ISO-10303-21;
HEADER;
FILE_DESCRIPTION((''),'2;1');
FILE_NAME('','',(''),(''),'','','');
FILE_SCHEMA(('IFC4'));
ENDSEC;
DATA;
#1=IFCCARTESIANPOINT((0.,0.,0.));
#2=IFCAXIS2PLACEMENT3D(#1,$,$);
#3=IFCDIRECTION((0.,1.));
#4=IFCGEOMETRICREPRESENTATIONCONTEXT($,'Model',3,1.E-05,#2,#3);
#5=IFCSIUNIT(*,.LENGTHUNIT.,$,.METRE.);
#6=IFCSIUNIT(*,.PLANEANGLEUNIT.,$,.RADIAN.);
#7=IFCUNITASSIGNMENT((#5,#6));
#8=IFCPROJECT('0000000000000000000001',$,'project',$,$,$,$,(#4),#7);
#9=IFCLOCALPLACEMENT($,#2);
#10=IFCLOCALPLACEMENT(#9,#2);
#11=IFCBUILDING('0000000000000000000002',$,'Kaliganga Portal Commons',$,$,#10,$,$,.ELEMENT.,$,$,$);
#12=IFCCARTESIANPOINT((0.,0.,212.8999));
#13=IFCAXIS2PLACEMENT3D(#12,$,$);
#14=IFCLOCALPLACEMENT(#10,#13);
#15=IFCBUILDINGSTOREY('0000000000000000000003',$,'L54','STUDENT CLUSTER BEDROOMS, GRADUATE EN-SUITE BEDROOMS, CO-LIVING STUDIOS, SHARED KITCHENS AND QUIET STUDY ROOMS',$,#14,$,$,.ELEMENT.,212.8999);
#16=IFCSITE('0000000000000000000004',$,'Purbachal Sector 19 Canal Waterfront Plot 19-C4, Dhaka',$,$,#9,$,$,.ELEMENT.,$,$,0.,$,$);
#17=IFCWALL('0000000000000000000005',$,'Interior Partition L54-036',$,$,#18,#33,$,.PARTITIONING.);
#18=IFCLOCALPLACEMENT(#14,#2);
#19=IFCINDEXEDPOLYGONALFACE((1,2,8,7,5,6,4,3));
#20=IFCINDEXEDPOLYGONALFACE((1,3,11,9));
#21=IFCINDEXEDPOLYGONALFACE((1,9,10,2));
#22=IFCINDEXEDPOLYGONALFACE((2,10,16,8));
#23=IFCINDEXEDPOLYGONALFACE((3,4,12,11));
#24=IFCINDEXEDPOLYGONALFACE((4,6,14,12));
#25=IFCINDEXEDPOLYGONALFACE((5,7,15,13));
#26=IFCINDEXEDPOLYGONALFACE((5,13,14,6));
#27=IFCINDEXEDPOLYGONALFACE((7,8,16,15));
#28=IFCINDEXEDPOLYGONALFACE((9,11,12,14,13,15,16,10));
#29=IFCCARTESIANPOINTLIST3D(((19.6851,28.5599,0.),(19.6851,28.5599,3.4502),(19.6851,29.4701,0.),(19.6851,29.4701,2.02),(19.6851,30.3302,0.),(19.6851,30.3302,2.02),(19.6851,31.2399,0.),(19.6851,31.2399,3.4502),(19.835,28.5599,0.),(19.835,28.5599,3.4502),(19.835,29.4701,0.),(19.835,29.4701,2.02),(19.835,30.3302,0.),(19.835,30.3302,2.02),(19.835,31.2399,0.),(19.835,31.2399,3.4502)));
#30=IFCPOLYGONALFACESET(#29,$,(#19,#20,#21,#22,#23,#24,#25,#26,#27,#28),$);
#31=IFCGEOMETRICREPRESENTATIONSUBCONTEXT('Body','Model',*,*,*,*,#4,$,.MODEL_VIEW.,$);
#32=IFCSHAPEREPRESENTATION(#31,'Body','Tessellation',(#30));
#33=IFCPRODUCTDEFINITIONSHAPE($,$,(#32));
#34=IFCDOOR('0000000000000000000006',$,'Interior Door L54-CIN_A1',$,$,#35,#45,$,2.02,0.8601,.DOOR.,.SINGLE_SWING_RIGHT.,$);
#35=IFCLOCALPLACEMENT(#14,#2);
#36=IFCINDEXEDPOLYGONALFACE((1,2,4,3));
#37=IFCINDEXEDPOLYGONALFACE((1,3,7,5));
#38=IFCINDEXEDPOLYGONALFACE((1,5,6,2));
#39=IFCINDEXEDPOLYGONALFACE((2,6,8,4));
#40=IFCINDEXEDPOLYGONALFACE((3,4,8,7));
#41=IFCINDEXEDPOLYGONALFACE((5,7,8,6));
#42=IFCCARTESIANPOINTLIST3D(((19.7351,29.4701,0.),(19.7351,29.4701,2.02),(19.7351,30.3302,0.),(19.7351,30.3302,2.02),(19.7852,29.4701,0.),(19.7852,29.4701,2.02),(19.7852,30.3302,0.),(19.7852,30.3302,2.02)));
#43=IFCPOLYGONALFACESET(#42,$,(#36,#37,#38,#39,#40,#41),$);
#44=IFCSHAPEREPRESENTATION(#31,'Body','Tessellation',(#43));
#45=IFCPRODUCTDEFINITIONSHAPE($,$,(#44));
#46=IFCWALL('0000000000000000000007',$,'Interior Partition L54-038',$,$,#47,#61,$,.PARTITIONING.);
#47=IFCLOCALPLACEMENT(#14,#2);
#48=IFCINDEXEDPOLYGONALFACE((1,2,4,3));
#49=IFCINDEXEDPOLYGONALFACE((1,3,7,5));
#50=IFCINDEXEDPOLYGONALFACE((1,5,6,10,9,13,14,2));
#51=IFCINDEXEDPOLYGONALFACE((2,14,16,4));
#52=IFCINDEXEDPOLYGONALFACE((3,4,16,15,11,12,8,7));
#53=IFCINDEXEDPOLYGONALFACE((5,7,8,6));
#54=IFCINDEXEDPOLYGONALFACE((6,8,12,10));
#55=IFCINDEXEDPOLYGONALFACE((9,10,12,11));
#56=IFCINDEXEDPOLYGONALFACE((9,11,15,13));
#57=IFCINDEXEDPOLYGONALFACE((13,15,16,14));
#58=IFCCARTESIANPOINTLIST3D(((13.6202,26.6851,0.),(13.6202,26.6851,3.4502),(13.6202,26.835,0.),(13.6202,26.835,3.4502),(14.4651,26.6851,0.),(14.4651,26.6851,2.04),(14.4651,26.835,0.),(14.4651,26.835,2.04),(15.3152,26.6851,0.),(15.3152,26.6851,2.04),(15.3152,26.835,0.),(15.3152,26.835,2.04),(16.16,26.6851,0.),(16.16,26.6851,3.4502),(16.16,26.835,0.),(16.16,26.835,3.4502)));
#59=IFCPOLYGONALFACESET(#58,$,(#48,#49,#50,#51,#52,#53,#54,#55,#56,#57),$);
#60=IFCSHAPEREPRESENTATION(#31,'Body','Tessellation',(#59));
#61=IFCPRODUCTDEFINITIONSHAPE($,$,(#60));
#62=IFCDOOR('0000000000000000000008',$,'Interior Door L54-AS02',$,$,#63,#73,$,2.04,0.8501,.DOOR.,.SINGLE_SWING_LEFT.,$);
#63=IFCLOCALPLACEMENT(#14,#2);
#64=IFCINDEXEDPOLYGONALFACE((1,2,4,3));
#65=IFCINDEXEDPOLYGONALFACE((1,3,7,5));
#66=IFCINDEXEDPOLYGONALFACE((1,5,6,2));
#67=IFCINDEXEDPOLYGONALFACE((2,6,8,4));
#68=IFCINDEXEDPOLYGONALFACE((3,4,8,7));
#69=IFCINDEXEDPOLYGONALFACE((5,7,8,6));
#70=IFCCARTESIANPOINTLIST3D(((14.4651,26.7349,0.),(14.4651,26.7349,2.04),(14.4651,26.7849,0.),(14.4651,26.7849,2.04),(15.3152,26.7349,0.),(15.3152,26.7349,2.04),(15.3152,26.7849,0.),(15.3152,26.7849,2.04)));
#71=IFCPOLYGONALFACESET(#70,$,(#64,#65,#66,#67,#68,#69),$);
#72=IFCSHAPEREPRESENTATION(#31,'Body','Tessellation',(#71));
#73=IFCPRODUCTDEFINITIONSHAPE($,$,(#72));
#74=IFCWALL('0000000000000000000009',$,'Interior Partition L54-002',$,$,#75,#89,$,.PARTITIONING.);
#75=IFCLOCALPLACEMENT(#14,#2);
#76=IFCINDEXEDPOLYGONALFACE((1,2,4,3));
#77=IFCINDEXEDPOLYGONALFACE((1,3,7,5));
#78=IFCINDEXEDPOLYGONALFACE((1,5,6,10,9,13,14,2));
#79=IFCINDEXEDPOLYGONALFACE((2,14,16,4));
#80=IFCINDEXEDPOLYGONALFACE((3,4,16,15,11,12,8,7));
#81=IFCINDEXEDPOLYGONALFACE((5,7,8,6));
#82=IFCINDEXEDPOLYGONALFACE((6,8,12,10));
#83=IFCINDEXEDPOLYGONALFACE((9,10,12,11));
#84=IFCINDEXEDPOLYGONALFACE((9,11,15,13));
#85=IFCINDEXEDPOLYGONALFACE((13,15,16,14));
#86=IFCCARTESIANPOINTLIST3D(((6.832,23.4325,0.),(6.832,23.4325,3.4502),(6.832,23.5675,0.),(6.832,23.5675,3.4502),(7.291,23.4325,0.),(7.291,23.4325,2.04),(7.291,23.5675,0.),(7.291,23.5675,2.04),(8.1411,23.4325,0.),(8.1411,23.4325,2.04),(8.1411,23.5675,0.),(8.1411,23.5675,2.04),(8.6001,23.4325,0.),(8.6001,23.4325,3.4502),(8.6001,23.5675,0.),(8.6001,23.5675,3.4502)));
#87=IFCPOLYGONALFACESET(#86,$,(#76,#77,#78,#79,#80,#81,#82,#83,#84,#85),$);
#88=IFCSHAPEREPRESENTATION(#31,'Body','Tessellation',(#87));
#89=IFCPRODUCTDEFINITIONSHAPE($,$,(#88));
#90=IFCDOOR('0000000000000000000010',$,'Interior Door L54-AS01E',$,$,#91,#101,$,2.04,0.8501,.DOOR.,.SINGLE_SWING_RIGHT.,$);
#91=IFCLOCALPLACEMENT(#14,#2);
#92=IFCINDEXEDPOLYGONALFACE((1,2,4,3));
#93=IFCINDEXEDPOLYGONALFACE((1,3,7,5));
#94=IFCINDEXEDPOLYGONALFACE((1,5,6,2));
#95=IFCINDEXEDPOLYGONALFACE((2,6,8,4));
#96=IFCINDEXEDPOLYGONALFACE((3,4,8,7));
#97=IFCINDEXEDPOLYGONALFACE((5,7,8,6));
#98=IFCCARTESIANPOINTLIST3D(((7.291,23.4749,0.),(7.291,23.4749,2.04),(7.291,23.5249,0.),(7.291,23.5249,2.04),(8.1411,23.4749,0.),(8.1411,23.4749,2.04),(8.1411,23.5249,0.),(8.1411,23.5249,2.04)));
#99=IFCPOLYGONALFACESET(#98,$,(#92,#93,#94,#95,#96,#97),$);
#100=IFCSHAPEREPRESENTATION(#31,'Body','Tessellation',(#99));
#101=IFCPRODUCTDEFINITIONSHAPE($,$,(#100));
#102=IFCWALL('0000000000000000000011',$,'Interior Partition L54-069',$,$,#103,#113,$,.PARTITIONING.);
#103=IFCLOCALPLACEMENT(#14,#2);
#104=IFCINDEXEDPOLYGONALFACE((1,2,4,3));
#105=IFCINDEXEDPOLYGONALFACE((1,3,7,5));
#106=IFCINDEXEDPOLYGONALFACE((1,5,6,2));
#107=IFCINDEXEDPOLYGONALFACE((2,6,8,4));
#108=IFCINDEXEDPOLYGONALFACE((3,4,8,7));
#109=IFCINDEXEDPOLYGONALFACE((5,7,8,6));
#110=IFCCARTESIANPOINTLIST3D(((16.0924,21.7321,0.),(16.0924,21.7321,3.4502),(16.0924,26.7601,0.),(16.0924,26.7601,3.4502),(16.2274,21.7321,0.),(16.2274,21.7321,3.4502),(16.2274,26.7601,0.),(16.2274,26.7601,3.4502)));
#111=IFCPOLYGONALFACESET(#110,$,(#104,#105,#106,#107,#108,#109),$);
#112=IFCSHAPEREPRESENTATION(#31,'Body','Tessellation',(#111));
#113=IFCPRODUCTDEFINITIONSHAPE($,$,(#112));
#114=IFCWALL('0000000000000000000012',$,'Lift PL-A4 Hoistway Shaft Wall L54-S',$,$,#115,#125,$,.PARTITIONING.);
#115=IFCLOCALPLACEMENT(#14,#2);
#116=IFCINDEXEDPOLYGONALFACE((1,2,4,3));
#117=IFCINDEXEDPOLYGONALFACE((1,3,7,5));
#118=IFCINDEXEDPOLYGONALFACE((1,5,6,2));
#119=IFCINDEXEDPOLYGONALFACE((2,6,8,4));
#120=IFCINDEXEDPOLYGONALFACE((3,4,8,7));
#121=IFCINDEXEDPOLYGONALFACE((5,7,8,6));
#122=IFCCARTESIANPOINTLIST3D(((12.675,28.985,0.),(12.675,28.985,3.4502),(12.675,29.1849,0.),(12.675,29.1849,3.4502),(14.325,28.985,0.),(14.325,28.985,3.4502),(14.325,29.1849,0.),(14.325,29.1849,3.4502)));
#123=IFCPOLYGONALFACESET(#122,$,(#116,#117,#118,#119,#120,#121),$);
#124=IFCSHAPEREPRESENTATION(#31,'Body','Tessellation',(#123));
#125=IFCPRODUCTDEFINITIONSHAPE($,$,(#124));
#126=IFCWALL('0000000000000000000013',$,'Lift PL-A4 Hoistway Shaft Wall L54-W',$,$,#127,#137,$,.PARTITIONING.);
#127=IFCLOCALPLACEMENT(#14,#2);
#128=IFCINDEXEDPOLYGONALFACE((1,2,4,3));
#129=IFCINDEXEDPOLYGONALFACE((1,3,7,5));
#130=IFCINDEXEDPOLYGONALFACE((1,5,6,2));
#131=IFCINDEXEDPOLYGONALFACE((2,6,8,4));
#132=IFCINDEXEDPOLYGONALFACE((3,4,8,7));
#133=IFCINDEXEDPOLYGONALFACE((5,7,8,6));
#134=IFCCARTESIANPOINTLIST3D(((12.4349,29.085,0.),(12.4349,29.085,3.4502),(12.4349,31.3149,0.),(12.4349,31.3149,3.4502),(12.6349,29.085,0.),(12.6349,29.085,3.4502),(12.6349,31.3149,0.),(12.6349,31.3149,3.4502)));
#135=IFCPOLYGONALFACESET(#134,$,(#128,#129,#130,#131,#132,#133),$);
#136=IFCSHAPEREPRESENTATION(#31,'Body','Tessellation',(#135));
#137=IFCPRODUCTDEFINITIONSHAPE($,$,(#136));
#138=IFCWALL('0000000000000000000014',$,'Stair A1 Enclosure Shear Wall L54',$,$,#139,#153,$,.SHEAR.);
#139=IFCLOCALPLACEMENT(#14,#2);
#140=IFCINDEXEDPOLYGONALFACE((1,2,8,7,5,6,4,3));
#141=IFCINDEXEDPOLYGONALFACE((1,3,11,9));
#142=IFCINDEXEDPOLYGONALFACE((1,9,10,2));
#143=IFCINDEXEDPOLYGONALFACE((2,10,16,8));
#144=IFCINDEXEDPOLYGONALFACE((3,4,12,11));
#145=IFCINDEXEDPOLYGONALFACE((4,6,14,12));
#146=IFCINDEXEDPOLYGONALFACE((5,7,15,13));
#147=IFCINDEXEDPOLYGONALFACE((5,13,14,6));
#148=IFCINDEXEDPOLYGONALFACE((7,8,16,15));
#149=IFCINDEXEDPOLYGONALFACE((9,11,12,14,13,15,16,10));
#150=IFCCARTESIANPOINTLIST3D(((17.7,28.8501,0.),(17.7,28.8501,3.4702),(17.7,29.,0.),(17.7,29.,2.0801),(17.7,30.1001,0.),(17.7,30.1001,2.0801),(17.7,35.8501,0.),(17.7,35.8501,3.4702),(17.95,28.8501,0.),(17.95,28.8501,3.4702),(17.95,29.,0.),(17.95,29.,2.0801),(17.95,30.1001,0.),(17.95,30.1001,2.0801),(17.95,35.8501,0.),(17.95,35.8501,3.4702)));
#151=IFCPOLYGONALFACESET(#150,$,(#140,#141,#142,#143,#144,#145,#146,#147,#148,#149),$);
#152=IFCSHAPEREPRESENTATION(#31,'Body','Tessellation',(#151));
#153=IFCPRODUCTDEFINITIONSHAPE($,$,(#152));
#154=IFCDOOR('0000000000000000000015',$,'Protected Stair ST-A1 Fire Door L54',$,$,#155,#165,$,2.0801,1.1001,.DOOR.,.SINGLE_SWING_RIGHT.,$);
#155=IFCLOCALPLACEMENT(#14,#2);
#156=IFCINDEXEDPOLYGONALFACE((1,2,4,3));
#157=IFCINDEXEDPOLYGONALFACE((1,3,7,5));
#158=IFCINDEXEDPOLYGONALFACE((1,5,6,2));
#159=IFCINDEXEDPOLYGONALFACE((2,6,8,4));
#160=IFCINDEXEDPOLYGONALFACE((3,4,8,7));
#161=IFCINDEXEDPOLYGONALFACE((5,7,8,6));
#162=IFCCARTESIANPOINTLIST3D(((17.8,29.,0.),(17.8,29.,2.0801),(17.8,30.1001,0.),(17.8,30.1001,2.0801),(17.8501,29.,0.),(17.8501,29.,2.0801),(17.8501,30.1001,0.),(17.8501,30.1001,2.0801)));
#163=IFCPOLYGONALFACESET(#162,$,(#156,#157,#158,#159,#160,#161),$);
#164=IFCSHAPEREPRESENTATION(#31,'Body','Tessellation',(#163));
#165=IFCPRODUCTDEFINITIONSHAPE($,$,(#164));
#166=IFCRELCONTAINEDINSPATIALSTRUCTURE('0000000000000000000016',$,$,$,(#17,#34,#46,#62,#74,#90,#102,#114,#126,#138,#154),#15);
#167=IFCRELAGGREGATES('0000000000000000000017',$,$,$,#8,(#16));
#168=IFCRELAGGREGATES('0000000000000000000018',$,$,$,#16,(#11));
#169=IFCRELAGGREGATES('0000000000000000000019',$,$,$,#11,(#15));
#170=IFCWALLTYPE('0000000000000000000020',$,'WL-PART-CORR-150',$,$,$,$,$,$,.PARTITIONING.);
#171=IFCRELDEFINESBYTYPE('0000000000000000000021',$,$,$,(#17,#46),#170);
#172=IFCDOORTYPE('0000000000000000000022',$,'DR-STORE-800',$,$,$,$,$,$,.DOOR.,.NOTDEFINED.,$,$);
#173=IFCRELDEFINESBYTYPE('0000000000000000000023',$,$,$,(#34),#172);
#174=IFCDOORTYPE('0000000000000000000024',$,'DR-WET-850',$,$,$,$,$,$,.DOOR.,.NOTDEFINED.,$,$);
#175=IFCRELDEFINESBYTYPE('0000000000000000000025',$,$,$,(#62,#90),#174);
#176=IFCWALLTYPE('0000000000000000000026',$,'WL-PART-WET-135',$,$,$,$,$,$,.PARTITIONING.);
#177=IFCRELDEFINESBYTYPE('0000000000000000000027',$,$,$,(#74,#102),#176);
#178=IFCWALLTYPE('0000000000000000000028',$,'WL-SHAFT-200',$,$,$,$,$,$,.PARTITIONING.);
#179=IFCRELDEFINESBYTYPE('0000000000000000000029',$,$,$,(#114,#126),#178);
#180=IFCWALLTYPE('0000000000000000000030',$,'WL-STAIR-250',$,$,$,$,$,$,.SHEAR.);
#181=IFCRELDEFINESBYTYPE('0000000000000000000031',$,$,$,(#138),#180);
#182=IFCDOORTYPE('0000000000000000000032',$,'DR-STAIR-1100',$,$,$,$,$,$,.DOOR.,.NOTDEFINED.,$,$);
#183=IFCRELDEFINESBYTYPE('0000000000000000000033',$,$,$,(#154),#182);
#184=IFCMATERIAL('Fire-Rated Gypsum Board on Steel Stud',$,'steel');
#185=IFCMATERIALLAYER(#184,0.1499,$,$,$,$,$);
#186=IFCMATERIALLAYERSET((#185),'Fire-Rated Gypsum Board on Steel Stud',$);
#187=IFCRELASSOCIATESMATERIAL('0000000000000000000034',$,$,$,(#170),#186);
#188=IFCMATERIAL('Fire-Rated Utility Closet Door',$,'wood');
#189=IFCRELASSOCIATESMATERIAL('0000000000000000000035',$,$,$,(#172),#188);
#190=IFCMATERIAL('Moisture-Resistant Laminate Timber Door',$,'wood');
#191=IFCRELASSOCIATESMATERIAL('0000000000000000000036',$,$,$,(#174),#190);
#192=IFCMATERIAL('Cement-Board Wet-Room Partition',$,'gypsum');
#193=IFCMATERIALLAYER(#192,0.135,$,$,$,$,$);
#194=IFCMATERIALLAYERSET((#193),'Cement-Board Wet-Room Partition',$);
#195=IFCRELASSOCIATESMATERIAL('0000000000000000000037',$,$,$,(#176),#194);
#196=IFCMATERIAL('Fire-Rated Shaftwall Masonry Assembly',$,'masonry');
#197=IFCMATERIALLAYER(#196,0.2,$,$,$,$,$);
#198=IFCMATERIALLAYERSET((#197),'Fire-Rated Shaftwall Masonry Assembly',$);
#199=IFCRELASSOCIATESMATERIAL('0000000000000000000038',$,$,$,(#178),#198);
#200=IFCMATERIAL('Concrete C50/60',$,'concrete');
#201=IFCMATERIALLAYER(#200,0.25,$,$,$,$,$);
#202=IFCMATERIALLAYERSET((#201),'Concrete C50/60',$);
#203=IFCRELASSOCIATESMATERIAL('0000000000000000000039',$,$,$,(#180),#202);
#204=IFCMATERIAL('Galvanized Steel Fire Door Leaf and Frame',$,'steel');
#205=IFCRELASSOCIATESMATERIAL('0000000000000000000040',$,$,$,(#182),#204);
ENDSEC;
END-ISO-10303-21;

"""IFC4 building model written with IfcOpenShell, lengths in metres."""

from ifc_helpers import new_model, si_unit, direction, frame, frame_2d, origin, place, context, subcontext, project, spatial, rectangle, extrude, material, layer, layer_set, type_object, element, fill, save


model = new_model("IFC4")

# Units and contexts
model_context = context("Model", 3, precision=1e-05, world=origin(), true_north=direction((0.0, 1.0)))
body_context = subcontext(model_context, "Body", "Model", "MODEL_VIEW")
ifc_project = project(units=[si_unit("LENGTHUNIT", "METRE"), si_unit("PLANEANGLEUNIT", "RADIAN")], contexts=[model_context])

# Site, building, storey
site_placement = place(None, origin())
site = spatial("IfcSite", under=ifc_project, at=site_placement, Name="Purbachal Sector 19 Canal Waterfront Plot 19-C4, Dhaka", CompositionType="ELEMENT", RefElevation=0.0)
building_placement = place(site_placement, origin())
building = spatial("IfcBuilding", under=site, at=building_placement, Name="Kaliganga Portal Commons", CompositionType="ELEMENT")
storey_placement = place(building_placement, frame((0.0, 0.0, 212.8999)))
storey = spatial("IfcBuildingStorey", under=building, at=storey_placement, Name="L54", Description="STUDENT CLUSTER BEDROOMS, GRADUATE EN-SUITE BEDROOMS, CO-LIVING STUDIOS, SHARED KITCHENS AND QUIET STUDY ROOMS", CompositionType="ELEMENT", Elevation=212.8999)

# Shared definitions
ifc_material_1 = material(Name="Concrete C50/60", Category="concrete")

# Walls, openings, doors
ifc_material_2 = material(Name="Fire-Rated Gypsum Board on Steel Stud", Category="steel")
ifc_layer_1 = layer(ifc_material_2, 0.1499)
ifc_layer_set_1 = layer_set([ifc_layer_1], Name="Fire-Rated Gypsum Board on Steel Stud")
wall_type_1 = type_object("IfcWallType", Name="WL-PART-CORR-150", PredefinedType="PARTITIONING", material=ifc_layer_set_1)
wall_1_placement = place(storey_placement, frame((19.76, 28.5601, 0.0), z_axis=(0.0, 0.0, 1.0), x_axis=(0.0, 1.0, 0.0)))
wall_1 = element("IfcWall", 1, at=wall_1_placement, inside=storey, type_object=wall_type_1, Name="Interior Partition L54-036", PredefinedType="PARTITIONING", context=body_context, shape_type="SweptSolid", body=[
    extrude(rectangle(XDim=2.6799, YDim=0.1499, at=frame_2d((1.3398, 0.0))), origin(), (0.0, 0.0, 1.0), 3.4502),
])
opening_1_placement = place(wall_1_placement, frame((0.9099, 0.0, 0.0)))
opening_1 = element("IfcOpeningElement", 2, at=opening_1_placement, cuts=wall_1, PredefinedType="OPENING", context=body_context, shape_type="SweptSolid", body=[
    extrude(rectangle(XDim=0.8601, YDim=2.02, at=frame_2d((0.4302, 1.01))), frame((0.0, 0.085, 0.0), z_axis=(0.0, -1.0, 0.0), x_axis=(1.0, 0.0, 0.0)), (0.0, 0.0, 1.0), 0.1699),
])
ifc_material_3 = material(Name="Fire-Rated Utility Closet Door", Category="wood")
door_type_1 = type_object("IfcDoorType", Name="DR-STORE-800", OperationType="NOTDEFINED", PredefinedType="DOOR", material=ifc_material_3)
door_1_placement = place(opening_1_placement, origin())
door_1 = element("IfcDoor", 3, at=door_1_placement, inside=storey, type_object=door_type_1, Name="Interior Door L54-CIN_A1", OperationType="SINGLE_SWING_RIGHT", OverallHeight=2.02, OverallWidth=0.8601, PredefinedType="DOOR", context=body_context, shape_type="SweptSolid", body=[
    extrude(rectangle(XDim=0.8601, YDim=2.02, at=frame_2d((0.4302, 1.01))), frame((0.0, 0.0249, 0.0), z_axis=(0.0, -1.0, 0.0), x_axis=(1.0, 0.0, 0.0)), (0.0, 0.0, 1.0), 0.05),
])
fill(opening_1, door_1)
wall_2_placement = place(storey_placement, frame((13.6201, 26.76, 0.0), z_axis=(0.0, 0.0, 1.0), x_axis=(1.0, 0.0, 0.0)))
wall_2 = element("IfcWall", 4, at=wall_2_placement, inside=storey, type_object=wall_type_1, Name="Interior Partition L54-038", PredefinedType="PARTITIONING", context=body_context, shape_type="SweptSolid", body=[
    extrude(rectangle(XDim=2.5398, YDim=0.1499, at=frame_2d((1.27, 0.0))), origin(), (0.0, 0.0, 1.0), 3.4502),
])
opening_2_placement = place(wall_2_placement, frame((0.845, 0.0, 0.0)))
opening_2 = element("IfcOpeningElement", 5, at=opening_2_placement, cuts=wall_2, PredefinedType="OPENING", context=body_context, shape_type="SweptSolid", body=[
    extrude(rectangle(XDim=0.8501, YDim=2.04, at=frame_2d((0.425, 1.02))), frame((0.0, 0.085, 0.0), z_axis=(0.0, -1.0, 0.0), x_axis=(1.0, 0.0, 0.0)), (0.0, 0.0, 1.0), 0.1699),
])
ifc_material_4 = material(Name="Moisture-Resistant Laminate Timber Door", Category="wood")
door_type_2 = type_object("IfcDoorType", Name="DR-WET-850", OperationType="NOTDEFINED", PredefinedType="DOOR", material=ifc_material_4)
door_2_placement = place(opening_2_placement, origin())
door_2 = element("IfcDoor", 6, at=door_2_placement, inside=storey, type_object=door_type_2, Name="Interior Door L54-AS02", OperationType="SINGLE_SWING_LEFT", OverallHeight=2.04, OverallWidth=0.8501, PredefinedType="DOOR", context=body_context, shape_type="SweptSolid", body=[
    extrude(rectangle(XDim=0.8501, YDim=2.04, at=frame_2d((0.425, 1.02))), frame((0.0, 0.0249, 0.0), z_axis=(0.0, -1.0, 0.0), x_axis=(1.0, 0.0, 0.0)), (0.0, 0.0, 1.0), 0.05),
])
fill(opening_2, door_2)
ifc_material_5 = material(Name="Cement-Board Wet-Room Partition", Category="gypsum")
ifc_layer_2 = layer(ifc_material_5, 0.135)
ifc_layer_set_2 = layer_set([ifc_layer_2], Name="Cement-Board Wet-Room Partition")
wall_type_2 = type_object("IfcWallType", Name="WL-PART-WET-135", PredefinedType="PARTITIONING", material=ifc_layer_set_2)
wall_3_placement = place(storey_placement, frame((6.832, 23.5, 0.0), z_axis=(0.0, 0.0, 1.0), x_axis=(1.0, 0.0, 0.0)))
wall_3 = element("IfcWall", 7, at=wall_3_placement, inside=storey, type_object=wall_type_2, Name="Interior Partition L54-002", PredefinedType="PARTITIONING", context=body_context, shape_type="SweptSolid", body=[
    extrude(rectangle(XDim=1.7681, YDim=0.135, at=frame_2d((0.884, 0.0))), origin(), (0.0, 0.0, 1.0), 3.4502),
])
opening_3_placement = place(wall_3_placement, frame((0.459, 0.0, 0.0)))
opening_3 = element("IfcOpeningElement", 8, at=opening_3_placement, cuts=wall_3, PredefinedType="OPENING", context=body_context, shape_type="SweptSolid", body=[
    extrude(rectangle(XDim=0.8501, YDim=2.04, at=frame_2d((0.425, 1.02))), frame((0.0, 0.0776, 0.0), z_axis=(0.0, -1.0, 0.0), x_axis=(1.0, 0.0, 0.0)), (0.0, 0.0, 1.0), 0.155),
])
door_3_placement = place(opening_3_placement, origin())
door_3 = element("IfcDoor", 9, at=door_3_placement, inside=storey, type_object=door_type_2, Name="Interior Door L54-AS01E", OperationType="SINGLE_SWING_RIGHT", OverallHeight=2.04, OverallWidth=0.8501, PredefinedType="DOOR", context=body_context, shape_type="SweptSolid", body=[
    extrude(rectangle(XDim=0.8501, YDim=2.04, at=frame_2d((0.425, 1.02))), frame((0.0, 0.0249, 0.0), z_axis=(0.0, -1.0, 0.0), x_axis=(1.0, 0.0, 0.0)), (0.0, 0.0, 1.0), 0.05),
])
fill(opening_3, door_3)

# Walls
wall_4_placement = place(storey_placement, frame((16.1599, 21.7319, 0.0), z_axis=(0.0, 0.0, 1.0), x_axis=(0.0, 1.0, 0.0)))
element("IfcWall", 10, at=wall_4_placement, inside=storey, type_object=wall_type_2, Name="Interior Partition L54-069", PredefinedType="PARTITIONING", context=body_context, shape_type="SweptSolid", body=[
    extrude(rectangle(XDim=5.0281, YDim=0.135, at=frame_2d((2.5142, 0.0))), origin(), (0.0, 0.0, 1.0), 3.4502),
])
ifc_material_6 = material(Name="Fire-Rated Shaftwall Masonry Assembly", Category="masonry")
ifc_layer_3 = layer(ifc_material_6, 0.2)
ifc_layer_set_3 = layer_set([ifc_layer_3], Name="Fire-Rated Shaftwall Masonry Assembly")
wall_type_3 = type_object("IfcWallType", Name="WL-SHAFT-200", PredefinedType="PARTITIONING", material=ifc_layer_set_3)
wall_5_placement = place(storey_placement, frame((12.675, 29.085, 0.0), z_axis=(0.0, 0.0, 1.0), x_axis=(1.0, 0.0, 0.0)))
element("IfcWall", 11, at=wall_5_placement, inside=storey, type_object=wall_type_3, Name="Lift PL-A4 Hoistway Shaft Wall L54-S", PredefinedType="PARTITIONING", context=body_context, shape_type="SweptSolid", body=[
    extrude(rectangle(XDim=1.6499, YDim=0.2, at=frame_2d((0.825, 0.0))), origin(), (0.0, 0.0, 1.0), 3.4502),
])
wall_6_placement = place(storey_placement, frame((12.5349, 29.085, 0.0), z_axis=(0.0, 0.0, 1.0), x_axis=(0.0, 1.0, 0.0)))
element("IfcWall", 12, at=wall_6_placement, inside=storey, type_object=wall_type_3, Name="Lift PL-A4 Hoistway Shaft Wall L54-W", PredefinedType="PARTITIONING", context=body_context, shape_type="SweptSolid", body=[
    extrude(rectangle(XDim=2.23, YDim=0.2, at=frame_2d((1.115, 0.0))), origin(), (0.0, 0.0, 1.0), 3.4502),
])

# Wall, opening, door
ifc_layer_4 = layer(ifc_material_1, 0.25)
ifc_layer_set_4 = layer_set([ifc_layer_4], Name="Concrete C50/60")
wall_type_4 = type_object("IfcWallType", Name="WL-STAIR-250", PredefinedType="SHEAR", material=ifc_layer_set_4)
wall_7_placement = place(storey_placement, frame((17.825, 28.8501, 0.0), z_axis=(0.0, 0.0, 1.0), x_axis=(0.0, 1.0, 0.0)))
wall_7 = element("IfcWall", 13, at=wall_7_placement, inside=storey, type_object=wall_type_4, Name="Stair A1 Enclosure Shear Wall L54", PredefinedType="SHEAR", context=body_context, shape_type="SweptSolid", body=[
    extrude(rectangle(XDim=7.0, YDim=0.25, at=frame_2d((3.5, 0.0))), origin(), (0.0, 0.0, 1.0), 3.4702),
])
opening_4_placement = place(wall_7_placement, frame((0.1499, 0.0, 0.0)))
opening_4 = element("IfcOpeningElement", 14, at=opening_4_placement, cuts=wall_7, PredefinedType="OPENING", context=body_context, shape_type="SweptSolid", body=[
    extrude(rectangle(XDim=1.1001, YDim=2.0801, at=frame_2d((0.55, 1.04))), frame((0.0, 0.135, 0.0), z_axis=(0.0, -1.0, 0.0), x_axis=(1.0, 0.0, 0.0)), (0.0, 0.0, 1.0), 0.27),
])
ifc_material_7 = material(Name="Galvanized Steel Fire Door Leaf and Frame", Category="steel")
door_type_3 = type_object("IfcDoorType", Name="DR-STAIR-1100", OperationType="NOTDEFINED", PredefinedType="DOOR", material=ifc_material_7)
door_4_placement = place(opening_4_placement, origin())
door_4 = element("IfcDoor", 15, at=door_4_placement, inside=storey, type_object=door_type_3, Name="Protected Stair ST-A1 Fire Door L54", OperationType="SINGLE_SWING_RIGHT", OverallHeight=2.0801, OverallWidth=1.1001, PredefinedType="DOOR", context=body_context, shape_type="SweptSolid", body=[
    extrude(rectangle(XDim=1.1001, YDim=2.0801, at=frame_2d((0.55, 1.04))), frame((0.0, 0.0249, 0.0), z_axis=(0.0, -1.0, 0.0), x_axis=(1.0, 0.0, 0.0)), (0.0, 0.0, 1.0), 0.05),
])
fill(opening_4, door_4)

save(model, "model.ifc")
